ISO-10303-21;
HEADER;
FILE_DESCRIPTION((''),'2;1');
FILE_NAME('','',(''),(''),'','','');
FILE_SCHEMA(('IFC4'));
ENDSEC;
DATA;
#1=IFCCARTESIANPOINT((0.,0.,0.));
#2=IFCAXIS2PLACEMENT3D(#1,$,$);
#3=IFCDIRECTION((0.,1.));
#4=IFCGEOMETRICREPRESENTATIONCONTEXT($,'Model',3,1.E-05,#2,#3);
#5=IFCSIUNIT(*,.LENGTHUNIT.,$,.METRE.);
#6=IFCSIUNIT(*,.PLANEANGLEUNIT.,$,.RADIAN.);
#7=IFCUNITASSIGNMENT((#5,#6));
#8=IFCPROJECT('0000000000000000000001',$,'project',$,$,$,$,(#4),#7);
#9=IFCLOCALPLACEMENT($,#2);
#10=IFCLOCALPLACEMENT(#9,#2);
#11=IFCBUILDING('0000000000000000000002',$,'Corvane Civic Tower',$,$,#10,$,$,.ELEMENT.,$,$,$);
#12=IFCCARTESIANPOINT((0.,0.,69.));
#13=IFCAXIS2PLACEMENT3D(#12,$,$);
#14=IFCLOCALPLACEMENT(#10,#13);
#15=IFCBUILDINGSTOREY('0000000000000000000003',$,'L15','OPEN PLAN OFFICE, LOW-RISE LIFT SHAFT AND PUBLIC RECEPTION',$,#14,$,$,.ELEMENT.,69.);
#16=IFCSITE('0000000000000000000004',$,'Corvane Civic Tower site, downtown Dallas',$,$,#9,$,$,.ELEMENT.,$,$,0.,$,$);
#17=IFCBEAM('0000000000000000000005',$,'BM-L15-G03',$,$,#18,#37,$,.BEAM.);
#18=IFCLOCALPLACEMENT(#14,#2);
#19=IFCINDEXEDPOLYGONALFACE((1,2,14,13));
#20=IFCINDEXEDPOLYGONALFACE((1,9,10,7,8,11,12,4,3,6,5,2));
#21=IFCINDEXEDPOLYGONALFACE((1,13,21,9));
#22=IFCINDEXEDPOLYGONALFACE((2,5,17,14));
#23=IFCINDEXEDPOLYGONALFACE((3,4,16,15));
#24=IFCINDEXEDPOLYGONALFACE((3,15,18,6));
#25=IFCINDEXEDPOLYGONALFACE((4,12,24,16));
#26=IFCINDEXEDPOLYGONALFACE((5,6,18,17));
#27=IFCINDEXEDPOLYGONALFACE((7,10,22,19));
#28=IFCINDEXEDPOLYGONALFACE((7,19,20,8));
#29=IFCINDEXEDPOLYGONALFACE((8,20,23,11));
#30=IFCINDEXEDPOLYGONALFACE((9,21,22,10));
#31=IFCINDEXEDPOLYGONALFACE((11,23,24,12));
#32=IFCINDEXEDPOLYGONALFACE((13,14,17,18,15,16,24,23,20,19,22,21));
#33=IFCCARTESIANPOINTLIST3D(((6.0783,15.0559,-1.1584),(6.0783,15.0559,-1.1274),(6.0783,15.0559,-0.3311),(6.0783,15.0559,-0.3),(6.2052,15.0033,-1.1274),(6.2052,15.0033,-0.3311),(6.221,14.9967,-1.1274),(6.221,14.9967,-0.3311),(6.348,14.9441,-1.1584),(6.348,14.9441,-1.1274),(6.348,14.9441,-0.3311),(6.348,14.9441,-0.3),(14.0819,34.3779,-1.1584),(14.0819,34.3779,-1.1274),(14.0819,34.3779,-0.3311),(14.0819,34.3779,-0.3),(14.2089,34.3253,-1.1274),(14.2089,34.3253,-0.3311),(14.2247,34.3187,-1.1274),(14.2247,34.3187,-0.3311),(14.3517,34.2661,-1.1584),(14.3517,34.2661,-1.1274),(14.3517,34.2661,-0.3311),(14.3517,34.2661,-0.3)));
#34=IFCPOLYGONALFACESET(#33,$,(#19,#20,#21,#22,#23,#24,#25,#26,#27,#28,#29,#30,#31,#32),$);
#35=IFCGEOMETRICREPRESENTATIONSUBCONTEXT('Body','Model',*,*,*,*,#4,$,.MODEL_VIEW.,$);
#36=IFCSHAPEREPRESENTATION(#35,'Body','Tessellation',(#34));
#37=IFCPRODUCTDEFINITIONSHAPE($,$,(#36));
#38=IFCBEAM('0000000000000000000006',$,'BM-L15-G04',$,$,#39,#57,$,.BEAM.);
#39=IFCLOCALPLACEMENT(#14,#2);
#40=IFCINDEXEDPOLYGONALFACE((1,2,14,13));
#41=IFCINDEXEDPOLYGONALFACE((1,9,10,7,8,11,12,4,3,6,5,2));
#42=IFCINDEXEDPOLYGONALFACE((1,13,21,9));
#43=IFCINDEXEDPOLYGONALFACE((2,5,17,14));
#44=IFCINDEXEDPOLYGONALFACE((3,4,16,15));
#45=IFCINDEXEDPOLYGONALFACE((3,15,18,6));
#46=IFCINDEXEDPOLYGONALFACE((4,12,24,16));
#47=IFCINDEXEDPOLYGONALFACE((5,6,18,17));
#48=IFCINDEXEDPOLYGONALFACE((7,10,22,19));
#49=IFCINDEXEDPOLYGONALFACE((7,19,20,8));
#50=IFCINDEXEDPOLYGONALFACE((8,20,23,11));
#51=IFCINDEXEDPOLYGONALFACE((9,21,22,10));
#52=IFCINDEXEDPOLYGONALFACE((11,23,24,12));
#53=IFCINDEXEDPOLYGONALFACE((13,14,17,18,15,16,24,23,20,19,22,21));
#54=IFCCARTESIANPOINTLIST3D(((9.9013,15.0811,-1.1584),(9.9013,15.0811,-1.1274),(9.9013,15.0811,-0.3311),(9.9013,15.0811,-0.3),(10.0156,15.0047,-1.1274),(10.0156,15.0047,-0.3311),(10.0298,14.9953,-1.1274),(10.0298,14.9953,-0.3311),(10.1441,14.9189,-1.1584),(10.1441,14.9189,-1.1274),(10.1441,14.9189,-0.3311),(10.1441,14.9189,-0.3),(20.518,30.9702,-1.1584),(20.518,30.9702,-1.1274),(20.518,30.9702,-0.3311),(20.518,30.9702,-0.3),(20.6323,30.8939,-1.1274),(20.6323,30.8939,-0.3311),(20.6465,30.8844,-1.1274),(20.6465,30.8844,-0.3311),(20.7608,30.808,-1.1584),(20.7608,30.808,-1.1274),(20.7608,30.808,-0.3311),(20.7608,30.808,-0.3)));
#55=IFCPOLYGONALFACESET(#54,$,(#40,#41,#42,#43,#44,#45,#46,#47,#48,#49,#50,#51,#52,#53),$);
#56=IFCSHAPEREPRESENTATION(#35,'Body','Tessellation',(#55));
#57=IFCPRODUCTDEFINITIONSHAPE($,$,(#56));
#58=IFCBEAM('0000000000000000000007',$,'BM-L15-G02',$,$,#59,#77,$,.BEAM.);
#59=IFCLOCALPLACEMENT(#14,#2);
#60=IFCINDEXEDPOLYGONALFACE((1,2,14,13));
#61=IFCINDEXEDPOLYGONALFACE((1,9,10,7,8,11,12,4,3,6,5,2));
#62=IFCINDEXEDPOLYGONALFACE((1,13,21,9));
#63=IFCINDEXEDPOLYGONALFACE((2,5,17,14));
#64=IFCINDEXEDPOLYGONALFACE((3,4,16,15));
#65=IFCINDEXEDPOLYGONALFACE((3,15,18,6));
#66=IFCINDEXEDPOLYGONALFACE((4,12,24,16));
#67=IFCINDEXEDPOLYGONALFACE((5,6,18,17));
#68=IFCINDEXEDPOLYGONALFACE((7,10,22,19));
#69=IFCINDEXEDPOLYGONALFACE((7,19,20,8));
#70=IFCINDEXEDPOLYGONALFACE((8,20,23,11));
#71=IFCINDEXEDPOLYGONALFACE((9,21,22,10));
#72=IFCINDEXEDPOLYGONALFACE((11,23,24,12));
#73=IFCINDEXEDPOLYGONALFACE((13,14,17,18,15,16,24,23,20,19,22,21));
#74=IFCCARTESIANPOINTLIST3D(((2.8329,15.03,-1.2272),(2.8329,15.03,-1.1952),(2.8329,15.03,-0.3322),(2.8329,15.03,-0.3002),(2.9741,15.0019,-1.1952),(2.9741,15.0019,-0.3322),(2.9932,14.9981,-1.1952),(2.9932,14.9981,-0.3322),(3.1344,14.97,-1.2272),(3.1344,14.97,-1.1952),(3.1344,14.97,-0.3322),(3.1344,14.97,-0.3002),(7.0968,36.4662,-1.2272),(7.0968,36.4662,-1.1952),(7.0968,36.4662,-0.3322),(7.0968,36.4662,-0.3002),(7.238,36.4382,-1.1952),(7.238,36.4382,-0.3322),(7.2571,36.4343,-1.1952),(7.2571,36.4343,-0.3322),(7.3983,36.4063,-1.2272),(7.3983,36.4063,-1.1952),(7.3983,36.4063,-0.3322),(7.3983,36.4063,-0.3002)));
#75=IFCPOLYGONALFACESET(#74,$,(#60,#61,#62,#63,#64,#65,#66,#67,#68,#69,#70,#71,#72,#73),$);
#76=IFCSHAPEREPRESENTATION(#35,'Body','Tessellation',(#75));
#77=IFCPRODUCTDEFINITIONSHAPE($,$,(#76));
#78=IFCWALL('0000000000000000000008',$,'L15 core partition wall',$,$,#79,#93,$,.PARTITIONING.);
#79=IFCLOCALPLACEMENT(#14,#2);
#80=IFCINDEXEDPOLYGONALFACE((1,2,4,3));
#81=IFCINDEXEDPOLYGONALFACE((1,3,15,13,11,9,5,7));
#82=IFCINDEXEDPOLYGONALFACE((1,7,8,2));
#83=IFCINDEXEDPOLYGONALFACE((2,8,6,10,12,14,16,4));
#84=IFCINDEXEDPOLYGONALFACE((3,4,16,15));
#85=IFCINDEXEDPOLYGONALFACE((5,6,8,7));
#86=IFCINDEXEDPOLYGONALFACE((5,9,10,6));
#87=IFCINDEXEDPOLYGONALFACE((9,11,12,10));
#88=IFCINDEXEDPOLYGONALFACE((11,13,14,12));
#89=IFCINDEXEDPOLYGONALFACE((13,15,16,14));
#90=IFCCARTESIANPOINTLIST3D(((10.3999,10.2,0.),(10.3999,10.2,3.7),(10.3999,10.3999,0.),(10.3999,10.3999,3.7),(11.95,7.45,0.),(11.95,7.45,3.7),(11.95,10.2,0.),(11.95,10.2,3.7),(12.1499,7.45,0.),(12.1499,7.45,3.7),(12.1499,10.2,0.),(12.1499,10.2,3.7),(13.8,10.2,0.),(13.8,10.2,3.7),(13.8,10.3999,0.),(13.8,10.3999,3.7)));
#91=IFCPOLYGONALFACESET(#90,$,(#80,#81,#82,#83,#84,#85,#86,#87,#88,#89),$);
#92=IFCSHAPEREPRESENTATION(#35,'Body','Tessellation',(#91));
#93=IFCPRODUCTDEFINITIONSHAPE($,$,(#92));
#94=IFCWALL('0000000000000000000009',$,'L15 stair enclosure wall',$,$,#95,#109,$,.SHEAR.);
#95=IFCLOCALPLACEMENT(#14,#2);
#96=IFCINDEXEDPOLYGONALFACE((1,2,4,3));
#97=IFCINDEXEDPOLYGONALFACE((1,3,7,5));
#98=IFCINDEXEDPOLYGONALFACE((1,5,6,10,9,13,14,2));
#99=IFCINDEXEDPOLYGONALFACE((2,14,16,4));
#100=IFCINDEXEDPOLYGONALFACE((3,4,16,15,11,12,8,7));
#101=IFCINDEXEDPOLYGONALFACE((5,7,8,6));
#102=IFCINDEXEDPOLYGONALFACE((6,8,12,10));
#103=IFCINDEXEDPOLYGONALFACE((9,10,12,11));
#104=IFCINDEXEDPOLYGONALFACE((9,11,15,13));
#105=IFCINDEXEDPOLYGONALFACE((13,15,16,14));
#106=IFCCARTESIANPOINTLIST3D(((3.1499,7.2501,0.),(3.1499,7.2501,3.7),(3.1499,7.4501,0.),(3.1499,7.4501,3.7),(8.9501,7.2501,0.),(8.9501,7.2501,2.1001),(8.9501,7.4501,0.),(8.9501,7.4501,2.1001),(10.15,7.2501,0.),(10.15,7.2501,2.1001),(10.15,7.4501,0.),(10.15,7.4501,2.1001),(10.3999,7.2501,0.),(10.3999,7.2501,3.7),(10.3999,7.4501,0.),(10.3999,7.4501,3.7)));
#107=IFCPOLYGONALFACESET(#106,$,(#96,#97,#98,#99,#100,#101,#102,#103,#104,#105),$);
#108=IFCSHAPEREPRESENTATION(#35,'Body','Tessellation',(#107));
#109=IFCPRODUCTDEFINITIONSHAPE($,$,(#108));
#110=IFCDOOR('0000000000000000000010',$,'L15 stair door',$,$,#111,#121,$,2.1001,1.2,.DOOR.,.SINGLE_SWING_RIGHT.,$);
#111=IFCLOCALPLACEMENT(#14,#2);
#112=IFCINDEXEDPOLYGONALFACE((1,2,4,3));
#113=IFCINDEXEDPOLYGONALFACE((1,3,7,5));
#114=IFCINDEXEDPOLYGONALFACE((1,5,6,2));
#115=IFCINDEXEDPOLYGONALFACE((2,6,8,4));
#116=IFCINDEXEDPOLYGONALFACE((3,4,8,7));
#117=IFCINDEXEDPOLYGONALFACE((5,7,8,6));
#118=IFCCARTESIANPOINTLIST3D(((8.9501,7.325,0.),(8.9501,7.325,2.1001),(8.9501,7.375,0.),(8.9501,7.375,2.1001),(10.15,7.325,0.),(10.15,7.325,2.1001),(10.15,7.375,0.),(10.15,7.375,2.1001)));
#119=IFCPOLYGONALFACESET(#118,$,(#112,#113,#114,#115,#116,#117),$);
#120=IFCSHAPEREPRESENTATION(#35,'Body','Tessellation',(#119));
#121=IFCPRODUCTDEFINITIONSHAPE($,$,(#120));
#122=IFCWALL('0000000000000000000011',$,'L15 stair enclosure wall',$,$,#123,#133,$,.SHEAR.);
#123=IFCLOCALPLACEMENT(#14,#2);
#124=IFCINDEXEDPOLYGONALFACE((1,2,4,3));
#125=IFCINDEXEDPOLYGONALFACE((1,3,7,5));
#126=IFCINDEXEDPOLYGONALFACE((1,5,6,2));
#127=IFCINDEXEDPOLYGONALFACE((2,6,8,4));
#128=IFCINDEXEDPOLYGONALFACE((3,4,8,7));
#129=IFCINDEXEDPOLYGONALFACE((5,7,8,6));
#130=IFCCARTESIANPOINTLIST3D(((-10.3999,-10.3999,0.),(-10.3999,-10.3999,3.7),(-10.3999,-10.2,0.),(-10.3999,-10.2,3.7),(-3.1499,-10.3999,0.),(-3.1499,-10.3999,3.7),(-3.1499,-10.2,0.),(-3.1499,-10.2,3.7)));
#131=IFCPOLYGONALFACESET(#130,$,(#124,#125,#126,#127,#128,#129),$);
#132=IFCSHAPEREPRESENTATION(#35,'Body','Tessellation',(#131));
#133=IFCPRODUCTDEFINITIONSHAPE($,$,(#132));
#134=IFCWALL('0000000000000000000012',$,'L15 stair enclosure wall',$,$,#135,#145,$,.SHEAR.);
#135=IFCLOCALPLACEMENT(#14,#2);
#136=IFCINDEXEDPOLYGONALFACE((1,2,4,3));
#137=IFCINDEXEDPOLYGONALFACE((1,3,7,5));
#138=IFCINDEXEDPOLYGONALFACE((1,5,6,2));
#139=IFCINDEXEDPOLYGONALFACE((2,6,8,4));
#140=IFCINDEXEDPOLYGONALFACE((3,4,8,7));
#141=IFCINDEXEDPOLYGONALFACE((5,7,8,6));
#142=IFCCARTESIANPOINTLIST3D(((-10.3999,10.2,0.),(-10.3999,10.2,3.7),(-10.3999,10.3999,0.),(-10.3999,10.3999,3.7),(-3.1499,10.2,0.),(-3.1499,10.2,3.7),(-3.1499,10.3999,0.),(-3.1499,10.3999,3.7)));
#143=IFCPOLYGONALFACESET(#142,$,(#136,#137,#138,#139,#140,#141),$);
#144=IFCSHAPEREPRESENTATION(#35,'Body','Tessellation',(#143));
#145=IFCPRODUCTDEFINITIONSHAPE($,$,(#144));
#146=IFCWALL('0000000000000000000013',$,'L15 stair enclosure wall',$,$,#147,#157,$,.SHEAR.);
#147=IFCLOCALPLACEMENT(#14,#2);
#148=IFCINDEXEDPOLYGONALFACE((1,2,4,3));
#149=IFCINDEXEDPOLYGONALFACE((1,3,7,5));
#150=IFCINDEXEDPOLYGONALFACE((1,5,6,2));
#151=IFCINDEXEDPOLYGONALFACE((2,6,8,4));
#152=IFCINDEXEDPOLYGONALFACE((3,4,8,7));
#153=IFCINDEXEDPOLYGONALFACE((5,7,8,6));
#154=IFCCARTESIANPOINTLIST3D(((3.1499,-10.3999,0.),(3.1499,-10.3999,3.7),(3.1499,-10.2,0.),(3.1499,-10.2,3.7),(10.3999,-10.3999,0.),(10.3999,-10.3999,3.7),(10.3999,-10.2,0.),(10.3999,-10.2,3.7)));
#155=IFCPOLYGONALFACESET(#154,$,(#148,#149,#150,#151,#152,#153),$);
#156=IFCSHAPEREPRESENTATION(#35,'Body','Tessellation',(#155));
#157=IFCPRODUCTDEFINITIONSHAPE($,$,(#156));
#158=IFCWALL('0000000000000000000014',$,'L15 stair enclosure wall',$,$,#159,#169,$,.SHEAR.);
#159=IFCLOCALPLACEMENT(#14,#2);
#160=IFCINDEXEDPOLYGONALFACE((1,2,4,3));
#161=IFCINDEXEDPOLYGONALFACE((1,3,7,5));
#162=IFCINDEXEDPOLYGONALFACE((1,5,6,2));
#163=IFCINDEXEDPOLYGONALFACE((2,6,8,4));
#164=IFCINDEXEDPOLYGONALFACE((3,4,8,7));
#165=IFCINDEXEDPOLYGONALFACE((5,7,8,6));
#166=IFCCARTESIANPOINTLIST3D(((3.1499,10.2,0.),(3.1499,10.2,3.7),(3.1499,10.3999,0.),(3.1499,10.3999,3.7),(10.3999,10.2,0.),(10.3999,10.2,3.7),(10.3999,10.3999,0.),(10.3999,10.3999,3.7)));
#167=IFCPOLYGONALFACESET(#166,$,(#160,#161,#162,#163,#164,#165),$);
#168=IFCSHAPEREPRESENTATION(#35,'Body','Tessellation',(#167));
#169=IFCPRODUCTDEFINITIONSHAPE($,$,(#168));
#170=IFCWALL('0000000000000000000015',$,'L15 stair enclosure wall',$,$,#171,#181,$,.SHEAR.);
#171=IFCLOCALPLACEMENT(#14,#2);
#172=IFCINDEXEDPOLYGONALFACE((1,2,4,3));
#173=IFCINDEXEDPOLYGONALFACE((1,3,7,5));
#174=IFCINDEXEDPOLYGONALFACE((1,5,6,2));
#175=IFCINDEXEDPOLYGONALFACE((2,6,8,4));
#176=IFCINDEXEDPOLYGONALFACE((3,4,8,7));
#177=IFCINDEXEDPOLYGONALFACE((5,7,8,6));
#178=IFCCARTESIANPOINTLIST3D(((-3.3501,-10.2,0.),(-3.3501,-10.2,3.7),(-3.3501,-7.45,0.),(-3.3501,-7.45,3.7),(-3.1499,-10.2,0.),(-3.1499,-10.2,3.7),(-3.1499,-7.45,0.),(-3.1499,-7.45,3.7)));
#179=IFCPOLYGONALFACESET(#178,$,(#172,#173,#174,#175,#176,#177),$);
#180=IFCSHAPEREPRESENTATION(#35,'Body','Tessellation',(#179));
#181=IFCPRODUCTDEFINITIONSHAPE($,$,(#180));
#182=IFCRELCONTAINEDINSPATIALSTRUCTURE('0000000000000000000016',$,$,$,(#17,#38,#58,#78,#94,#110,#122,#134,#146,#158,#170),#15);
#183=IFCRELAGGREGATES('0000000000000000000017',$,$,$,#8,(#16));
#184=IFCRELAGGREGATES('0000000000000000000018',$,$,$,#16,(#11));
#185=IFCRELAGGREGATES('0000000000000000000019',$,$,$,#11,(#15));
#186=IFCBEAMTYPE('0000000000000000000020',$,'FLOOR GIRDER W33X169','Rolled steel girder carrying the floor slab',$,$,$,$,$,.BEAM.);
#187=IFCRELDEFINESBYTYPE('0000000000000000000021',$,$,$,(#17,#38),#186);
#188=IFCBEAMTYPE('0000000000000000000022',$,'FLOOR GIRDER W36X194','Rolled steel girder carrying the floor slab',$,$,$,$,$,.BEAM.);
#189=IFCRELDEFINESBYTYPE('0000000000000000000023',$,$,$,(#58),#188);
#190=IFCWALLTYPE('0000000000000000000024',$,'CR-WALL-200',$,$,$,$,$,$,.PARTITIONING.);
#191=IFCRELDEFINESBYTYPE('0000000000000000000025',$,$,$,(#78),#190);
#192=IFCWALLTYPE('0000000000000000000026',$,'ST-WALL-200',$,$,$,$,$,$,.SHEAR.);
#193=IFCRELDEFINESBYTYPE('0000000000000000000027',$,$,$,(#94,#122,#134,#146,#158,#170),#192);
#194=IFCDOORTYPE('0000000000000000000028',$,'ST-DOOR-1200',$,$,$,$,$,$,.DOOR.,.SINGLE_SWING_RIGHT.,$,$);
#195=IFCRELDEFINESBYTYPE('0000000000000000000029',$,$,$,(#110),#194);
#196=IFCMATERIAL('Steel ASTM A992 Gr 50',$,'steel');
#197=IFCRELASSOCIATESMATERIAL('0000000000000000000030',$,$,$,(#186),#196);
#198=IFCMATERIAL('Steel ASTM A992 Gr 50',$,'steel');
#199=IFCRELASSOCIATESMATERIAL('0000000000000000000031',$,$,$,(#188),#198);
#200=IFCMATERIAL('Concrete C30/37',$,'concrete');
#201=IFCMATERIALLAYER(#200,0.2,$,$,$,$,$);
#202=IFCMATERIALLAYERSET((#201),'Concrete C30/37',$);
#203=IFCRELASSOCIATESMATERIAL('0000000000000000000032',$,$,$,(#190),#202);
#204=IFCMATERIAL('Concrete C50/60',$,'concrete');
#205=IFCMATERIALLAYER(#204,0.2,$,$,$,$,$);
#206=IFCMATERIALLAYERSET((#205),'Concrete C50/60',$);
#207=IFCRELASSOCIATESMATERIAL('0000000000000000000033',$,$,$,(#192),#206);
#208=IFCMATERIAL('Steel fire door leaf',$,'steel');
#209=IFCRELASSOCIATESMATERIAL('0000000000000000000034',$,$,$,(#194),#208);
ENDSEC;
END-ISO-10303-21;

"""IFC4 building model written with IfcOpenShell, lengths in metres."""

from ifc_helpers import new_model, si_unit, direction, frame, frame_2d, origin, origin_2d, place, context, subcontext, project, spatial, polyline, rectangle, i_section, outline, extrude, material, layer, layer_set, material_profile, profile_set, type_object, element, fill, save


model = new_model("IFC4")

# Units and contexts
model_context = context("Model", 3, precision=1e-05, world=origin(), true_north=direction((0.0, 1.0)))
body_context = subcontext(model_context, "Body", "Model", "MODEL_VIEW")
ifc_project = project(units=[si_unit("LENGTHUNIT", "METRE"), si_unit("PLANEANGLEUNIT", "RADIAN")], contexts=[model_context])

# Site, building, storey
site_placement = place(None, origin())
site = spatial("IfcSite", under=ifc_project, at=site_placement, Name="Corvane Civic Tower site, downtown Dallas", CompositionType="ELEMENT", RefElevation=0.0)
building_placement = place(site_placement, origin())
building = spatial("IfcBuilding", under=site, at=building_placement, Name="Corvane Civic Tower", CompositionType="ELEMENT")
storey_placement = place(building_placement, frame((0.0, 0.0, 69.0)))
storey = spatial("IfcBuildingStorey", under=building, at=storey_placement, Name="L15", Description="OPEN PLAN OFFICE, LOW-RISE LIFT SHAFT AND PUBLIC RECEPTION", CompositionType="ELEMENT", Elevation=69.0)

# Beams
ifc_material_1 = material(Name="Steel ASTM A992 Gr 50", Category="steel")
ifc_material_profile_1 = material_profile(ifc_material_1, i_section(OverallWidth=0.292, OverallDepth=0.8584, WebThickness=0.0171, FlangeThickness=0.031, at=origin_2d()), Name="W33X169")
ifc_profile_set_1 = profile_set([ifc_material_profile_1], Name="Steel ASTM A992 Gr 50")
beam_type_1 = type_object("IfcBeamType", Name="FLOOR GIRDER W33X169", Description="Rolled steel girder carrying the floor slab", PredefinedType="BEAM", material=ifc_profile_set_1)
beam_1_placement = place(storey_placement, frame((6.2131, 15.0, -0.7292), z_axis=(0.382692, 0.923876, 0.0), x_axis=(-0.923876, 0.382692, 0.0)))
element("IfcBeam", 1, at=beam_1_placement, inside=storey, type_object=beam_type_1, Name="BM-L15-G03", PredefinedType="BEAM", context=body_context, shape_type="SweptSolid", body=[
    extrude(i_section(OverallWidth=0.292, OverallDepth=0.8584, WebThickness=0.0171, FlangeThickness=0.031, at=origin_2d()), origin(), (0.0, 0.0, 1.0), 20.9141),
])
beam_2_placement = place(storey_placement, frame((10.0227, 15.0, -0.7292), z_axis=(0.555567, 0.831472, 0.0), x_axis=(-0.831472, 0.555567, 0.0)))
element("IfcBeam", 2, at=beam_2_placement, inside=storey, type_object=beam_type_1, Name="BM-L15-G04", PredefinedType="BEAM", context=body_context, shape_type="SweptSolid", body=[
    extrude(i_section(OverallWidth=0.292, OverallDepth=0.8584, WebThickness=0.0171, FlangeThickness=0.031, at=origin_2d()), origin(), (0.0, 0.0, 1.0), 19.1096),
])
ifc_material_2 = material(Name="Steel ASTM A992 Gr 50", Category="steel")
ifc_material_profile_2 = material_profile(ifc_material_2, i_section(OverallWidth=0.3074, OverallDepth=0.927, WebThickness=0.0195, FlangeThickness=0.032, at=origin_2d()), Name="W36X194")
ifc_profile_set_2 = profile_set([ifc_material_profile_2], Name="Steel ASTM A992 Gr 50")
beam_type_2 = type_object("IfcBeamType", Name="FLOOR GIRDER W36X194", Description="Rolled steel girder carrying the floor slab", PredefinedType="BEAM", material=ifc_profile_set_2)
beam_3_placement = place(storey_placement, frame((2.9836, 15.0, -0.7637), z_axis=(0.195089, 0.980785, 0.0), x_axis=(-0.980785, 0.195089, 0.0)))
element("IfcBeam", 3, at=beam_3_placement, inside=storey, type_object=beam_type_2, Name="BM-L15-G02", PredefinedType="BEAM", context=body_context, shape_type="SweptSolid", body=[
    extrude(i_section(OverallWidth=0.3074, OverallDepth=0.927, WebThickness=0.0195, FlangeThickness=0.032, at=origin_2d()), origin(), (0.0, 0.0, 1.0), 21.8562),
])

# Wall
ifc_material_3 = material(Name="Concrete C30/37", Category="concrete")
ifc_layer_1 = layer(ifc_material_3, 0.2)
ifc_layer_set_1 = layer_set([ifc_layer_1], Name="Concrete C30/37")
wall_type_1 = type_object("IfcWallType", Name="CR-WALL-200", PredefinedType="PARTITIONING", material=ifc_layer_set_1)
wall_1_placement = place(storey_placement, origin())
element("IfcWall", 4, at=wall_1_placement, inside=storey, type_object=wall_type_1, Name="L15 core partition wall", PredefinedType="PARTITIONING", context=body_context, shape_type="SweptSolid", body=[
    extrude(outline(polyline([(13.8, 10.3999), (13.8, 10.2), (12.1499, 10.2), (12.1499, 7.45), (11.95, 7.45), (11.95, 10.2), (10.3999, 10.2), (10.3999, 10.3999), (13.8, 10.3999)])), origin(), (0.0, 0.0, 1.0), 3.7),
])

# Wall, opening, door
ifc_material_4 = material(Name="Concrete C50/60", Category="concrete")
ifc_layer_2 = layer(ifc_material_4, 0.2)
ifc_layer_set_2 = layer_set([ifc_layer_2], Name="Concrete C50/60")
wall_type_2 = type_object("IfcWallType", Name="ST-WALL-200", PredefinedType="SHEAR", material=ifc_layer_set_2)
wall_2_placement = place(storey_placement, frame((3.1499, 7.3501, 0.0), z_axis=(0.0, 0.0, 1.0), x_axis=(1.0, 0.0, 0.0)))
wall_2 = element("IfcWall", 5, at=wall_2_placement, inside=storey, type_object=wall_type_2, Name="L15 stair enclosure wall", PredefinedType="SHEAR", context=body_context, shape_type="SweptSolid", body=[
    extrude(rectangle(XDim=7.25, YDim=0.2, at=frame_2d((3.625, 0.0))), origin(), (0.0, 0.0, 1.0), 3.7),
])
opening_placement = place(wall_2_placement, frame((5.8, 0.0, 0.0)))
opening = element("IfcOpeningElement", 6, at=opening_placement, cuts=wall_2, PredefinedType="OPENING", context=body_context, shape_type="SweptSolid", body=[
    extrude(rectangle(XDim=1.2, YDim=2.1001, at=frame_2d((0.6001, 1.05))), frame((0.0, 0.1099, 0.0), z_axis=(0.0, -1.0, 0.0), x_axis=(1.0, 0.0, 0.0)), (0.0, 0.0, 1.0), 0.22),
])
ifc_material_5 = material(Name="Steel fire door leaf", Category="steel")
door_type = type_object("IfcDoorType", Name="ST-DOOR-1200", OperationType="SINGLE_SWING_RIGHT", PredefinedType="DOOR", material=ifc_material_5)
door_placement = place(opening_placement, origin())
door = element("IfcDoor", 7, at=door_placement, inside=storey, type_object=door_type, Name="L15 stair door", OperationType="SINGLE_SWING_RIGHT", OverallHeight=2.1001, OverallWidth=1.2, PredefinedType="DOOR", context=body_context, shape_type="SweptSolid", body=[
    extrude(rectangle(XDim=1.2, YDim=2.1001, at=frame_2d((0.6001, 1.05))), frame((0.0, 0.0249, 0.0), z_axis=(0.0, -1.0, 0.0), x_axis=(1.0, 0.0, 0.0)), (0.0, 0.0, 1.0), 0.05),
])
fill(opening, door)

# Walls
wall_3_placement = place(storey_placement, origin())
element("IfcWall", 8, at=wall_3_placement, inside=storey, type_object=wall_type_2, Name="L15 stair enclosure wall", PredefinedType="SHEAR", context=body_context, shape_type="SweptSolid", body=[
    extrude(outline(polyline([(-3.1499, -10.2), (-3.1499, -10.3999), (-10.3999, -10.3999), (-10.3999, -10.2), (-3.1499, -10.2)])), origin(), (0.0, 0.0, 1.0), 3.7),
])
wall_4_placement = place(storey_placement, origin())
element("IfcWall", 9, at=wall_4_placement, inside=storey, type_object=wall_type_2, Name="L15 stair enclosure wall", PredefinedType="SHEAR", context=body_context, shape_type="SweptSolid", body=[
    extrude(outline(polyline([(-3.1499, 10.2), (-10.3999, 10.2), (-10.3999, 10.3999), (-3.1499, 10.3999), (-3.1499, 10.2)])), origin(), (0.0, 0.0, 1.0), 3.7),
])
wall_5_placement = place(storey_placement, origin())
element("IfcWall", 10, at=wall_5_placement, inside=storey, type_object=wall_type_2, Name="L15 stair enclosure wall", PredefinedType="SHEAR", context=body_context, shape_type="SweptSolid", body=[
    extrude(outline(polyline([(10.3999, -10.3999), (3.1499, -10.3999), (3.1499, -10.2), (10.3999, -10.2), (10.3999, -10.3999)])), origin(), (0.0, 0.0, 1.0), 3.7),
])
wall_6_placement = place(storey_placement, origin())
element("IfcWall", 11, at=wall_6_placement, inside=storey, type_object=wall_type_2, Name="L15 stair enclosure wall", PredefinedType="SHEAR", context=body_context, shape_type="SweptSolid", body=[
    extrude(outline(polyline([(10.3999, 10.2), (3.1499, 10.2), (3.1499, 10.3999), (10.3999, 10.3999), (10.3999, 10.2)])), origin(), (0.0, 0.0, 1.0), 3.7),
])
wall_7_placement = place(storey_placement, origin())
element("IfcWall", 12, at=wall_7_placement, inside=storey, type_object=wall_type_2, Name="L15 stair enclosure wall", PredefinedType="SHEAR", context=body_context, shape_type="SweptSolid", body=[
    extrude(outline(polyline([(-3.1499, -7.45), (-3.1499, -10.2), (-3.3501, -10.2), (-3.3501, -7.45), (-3.1499, -7.45)])), origin(), (0.0, 0.0, 1.0), 3.7),
])

save(model, "model.ifc")
